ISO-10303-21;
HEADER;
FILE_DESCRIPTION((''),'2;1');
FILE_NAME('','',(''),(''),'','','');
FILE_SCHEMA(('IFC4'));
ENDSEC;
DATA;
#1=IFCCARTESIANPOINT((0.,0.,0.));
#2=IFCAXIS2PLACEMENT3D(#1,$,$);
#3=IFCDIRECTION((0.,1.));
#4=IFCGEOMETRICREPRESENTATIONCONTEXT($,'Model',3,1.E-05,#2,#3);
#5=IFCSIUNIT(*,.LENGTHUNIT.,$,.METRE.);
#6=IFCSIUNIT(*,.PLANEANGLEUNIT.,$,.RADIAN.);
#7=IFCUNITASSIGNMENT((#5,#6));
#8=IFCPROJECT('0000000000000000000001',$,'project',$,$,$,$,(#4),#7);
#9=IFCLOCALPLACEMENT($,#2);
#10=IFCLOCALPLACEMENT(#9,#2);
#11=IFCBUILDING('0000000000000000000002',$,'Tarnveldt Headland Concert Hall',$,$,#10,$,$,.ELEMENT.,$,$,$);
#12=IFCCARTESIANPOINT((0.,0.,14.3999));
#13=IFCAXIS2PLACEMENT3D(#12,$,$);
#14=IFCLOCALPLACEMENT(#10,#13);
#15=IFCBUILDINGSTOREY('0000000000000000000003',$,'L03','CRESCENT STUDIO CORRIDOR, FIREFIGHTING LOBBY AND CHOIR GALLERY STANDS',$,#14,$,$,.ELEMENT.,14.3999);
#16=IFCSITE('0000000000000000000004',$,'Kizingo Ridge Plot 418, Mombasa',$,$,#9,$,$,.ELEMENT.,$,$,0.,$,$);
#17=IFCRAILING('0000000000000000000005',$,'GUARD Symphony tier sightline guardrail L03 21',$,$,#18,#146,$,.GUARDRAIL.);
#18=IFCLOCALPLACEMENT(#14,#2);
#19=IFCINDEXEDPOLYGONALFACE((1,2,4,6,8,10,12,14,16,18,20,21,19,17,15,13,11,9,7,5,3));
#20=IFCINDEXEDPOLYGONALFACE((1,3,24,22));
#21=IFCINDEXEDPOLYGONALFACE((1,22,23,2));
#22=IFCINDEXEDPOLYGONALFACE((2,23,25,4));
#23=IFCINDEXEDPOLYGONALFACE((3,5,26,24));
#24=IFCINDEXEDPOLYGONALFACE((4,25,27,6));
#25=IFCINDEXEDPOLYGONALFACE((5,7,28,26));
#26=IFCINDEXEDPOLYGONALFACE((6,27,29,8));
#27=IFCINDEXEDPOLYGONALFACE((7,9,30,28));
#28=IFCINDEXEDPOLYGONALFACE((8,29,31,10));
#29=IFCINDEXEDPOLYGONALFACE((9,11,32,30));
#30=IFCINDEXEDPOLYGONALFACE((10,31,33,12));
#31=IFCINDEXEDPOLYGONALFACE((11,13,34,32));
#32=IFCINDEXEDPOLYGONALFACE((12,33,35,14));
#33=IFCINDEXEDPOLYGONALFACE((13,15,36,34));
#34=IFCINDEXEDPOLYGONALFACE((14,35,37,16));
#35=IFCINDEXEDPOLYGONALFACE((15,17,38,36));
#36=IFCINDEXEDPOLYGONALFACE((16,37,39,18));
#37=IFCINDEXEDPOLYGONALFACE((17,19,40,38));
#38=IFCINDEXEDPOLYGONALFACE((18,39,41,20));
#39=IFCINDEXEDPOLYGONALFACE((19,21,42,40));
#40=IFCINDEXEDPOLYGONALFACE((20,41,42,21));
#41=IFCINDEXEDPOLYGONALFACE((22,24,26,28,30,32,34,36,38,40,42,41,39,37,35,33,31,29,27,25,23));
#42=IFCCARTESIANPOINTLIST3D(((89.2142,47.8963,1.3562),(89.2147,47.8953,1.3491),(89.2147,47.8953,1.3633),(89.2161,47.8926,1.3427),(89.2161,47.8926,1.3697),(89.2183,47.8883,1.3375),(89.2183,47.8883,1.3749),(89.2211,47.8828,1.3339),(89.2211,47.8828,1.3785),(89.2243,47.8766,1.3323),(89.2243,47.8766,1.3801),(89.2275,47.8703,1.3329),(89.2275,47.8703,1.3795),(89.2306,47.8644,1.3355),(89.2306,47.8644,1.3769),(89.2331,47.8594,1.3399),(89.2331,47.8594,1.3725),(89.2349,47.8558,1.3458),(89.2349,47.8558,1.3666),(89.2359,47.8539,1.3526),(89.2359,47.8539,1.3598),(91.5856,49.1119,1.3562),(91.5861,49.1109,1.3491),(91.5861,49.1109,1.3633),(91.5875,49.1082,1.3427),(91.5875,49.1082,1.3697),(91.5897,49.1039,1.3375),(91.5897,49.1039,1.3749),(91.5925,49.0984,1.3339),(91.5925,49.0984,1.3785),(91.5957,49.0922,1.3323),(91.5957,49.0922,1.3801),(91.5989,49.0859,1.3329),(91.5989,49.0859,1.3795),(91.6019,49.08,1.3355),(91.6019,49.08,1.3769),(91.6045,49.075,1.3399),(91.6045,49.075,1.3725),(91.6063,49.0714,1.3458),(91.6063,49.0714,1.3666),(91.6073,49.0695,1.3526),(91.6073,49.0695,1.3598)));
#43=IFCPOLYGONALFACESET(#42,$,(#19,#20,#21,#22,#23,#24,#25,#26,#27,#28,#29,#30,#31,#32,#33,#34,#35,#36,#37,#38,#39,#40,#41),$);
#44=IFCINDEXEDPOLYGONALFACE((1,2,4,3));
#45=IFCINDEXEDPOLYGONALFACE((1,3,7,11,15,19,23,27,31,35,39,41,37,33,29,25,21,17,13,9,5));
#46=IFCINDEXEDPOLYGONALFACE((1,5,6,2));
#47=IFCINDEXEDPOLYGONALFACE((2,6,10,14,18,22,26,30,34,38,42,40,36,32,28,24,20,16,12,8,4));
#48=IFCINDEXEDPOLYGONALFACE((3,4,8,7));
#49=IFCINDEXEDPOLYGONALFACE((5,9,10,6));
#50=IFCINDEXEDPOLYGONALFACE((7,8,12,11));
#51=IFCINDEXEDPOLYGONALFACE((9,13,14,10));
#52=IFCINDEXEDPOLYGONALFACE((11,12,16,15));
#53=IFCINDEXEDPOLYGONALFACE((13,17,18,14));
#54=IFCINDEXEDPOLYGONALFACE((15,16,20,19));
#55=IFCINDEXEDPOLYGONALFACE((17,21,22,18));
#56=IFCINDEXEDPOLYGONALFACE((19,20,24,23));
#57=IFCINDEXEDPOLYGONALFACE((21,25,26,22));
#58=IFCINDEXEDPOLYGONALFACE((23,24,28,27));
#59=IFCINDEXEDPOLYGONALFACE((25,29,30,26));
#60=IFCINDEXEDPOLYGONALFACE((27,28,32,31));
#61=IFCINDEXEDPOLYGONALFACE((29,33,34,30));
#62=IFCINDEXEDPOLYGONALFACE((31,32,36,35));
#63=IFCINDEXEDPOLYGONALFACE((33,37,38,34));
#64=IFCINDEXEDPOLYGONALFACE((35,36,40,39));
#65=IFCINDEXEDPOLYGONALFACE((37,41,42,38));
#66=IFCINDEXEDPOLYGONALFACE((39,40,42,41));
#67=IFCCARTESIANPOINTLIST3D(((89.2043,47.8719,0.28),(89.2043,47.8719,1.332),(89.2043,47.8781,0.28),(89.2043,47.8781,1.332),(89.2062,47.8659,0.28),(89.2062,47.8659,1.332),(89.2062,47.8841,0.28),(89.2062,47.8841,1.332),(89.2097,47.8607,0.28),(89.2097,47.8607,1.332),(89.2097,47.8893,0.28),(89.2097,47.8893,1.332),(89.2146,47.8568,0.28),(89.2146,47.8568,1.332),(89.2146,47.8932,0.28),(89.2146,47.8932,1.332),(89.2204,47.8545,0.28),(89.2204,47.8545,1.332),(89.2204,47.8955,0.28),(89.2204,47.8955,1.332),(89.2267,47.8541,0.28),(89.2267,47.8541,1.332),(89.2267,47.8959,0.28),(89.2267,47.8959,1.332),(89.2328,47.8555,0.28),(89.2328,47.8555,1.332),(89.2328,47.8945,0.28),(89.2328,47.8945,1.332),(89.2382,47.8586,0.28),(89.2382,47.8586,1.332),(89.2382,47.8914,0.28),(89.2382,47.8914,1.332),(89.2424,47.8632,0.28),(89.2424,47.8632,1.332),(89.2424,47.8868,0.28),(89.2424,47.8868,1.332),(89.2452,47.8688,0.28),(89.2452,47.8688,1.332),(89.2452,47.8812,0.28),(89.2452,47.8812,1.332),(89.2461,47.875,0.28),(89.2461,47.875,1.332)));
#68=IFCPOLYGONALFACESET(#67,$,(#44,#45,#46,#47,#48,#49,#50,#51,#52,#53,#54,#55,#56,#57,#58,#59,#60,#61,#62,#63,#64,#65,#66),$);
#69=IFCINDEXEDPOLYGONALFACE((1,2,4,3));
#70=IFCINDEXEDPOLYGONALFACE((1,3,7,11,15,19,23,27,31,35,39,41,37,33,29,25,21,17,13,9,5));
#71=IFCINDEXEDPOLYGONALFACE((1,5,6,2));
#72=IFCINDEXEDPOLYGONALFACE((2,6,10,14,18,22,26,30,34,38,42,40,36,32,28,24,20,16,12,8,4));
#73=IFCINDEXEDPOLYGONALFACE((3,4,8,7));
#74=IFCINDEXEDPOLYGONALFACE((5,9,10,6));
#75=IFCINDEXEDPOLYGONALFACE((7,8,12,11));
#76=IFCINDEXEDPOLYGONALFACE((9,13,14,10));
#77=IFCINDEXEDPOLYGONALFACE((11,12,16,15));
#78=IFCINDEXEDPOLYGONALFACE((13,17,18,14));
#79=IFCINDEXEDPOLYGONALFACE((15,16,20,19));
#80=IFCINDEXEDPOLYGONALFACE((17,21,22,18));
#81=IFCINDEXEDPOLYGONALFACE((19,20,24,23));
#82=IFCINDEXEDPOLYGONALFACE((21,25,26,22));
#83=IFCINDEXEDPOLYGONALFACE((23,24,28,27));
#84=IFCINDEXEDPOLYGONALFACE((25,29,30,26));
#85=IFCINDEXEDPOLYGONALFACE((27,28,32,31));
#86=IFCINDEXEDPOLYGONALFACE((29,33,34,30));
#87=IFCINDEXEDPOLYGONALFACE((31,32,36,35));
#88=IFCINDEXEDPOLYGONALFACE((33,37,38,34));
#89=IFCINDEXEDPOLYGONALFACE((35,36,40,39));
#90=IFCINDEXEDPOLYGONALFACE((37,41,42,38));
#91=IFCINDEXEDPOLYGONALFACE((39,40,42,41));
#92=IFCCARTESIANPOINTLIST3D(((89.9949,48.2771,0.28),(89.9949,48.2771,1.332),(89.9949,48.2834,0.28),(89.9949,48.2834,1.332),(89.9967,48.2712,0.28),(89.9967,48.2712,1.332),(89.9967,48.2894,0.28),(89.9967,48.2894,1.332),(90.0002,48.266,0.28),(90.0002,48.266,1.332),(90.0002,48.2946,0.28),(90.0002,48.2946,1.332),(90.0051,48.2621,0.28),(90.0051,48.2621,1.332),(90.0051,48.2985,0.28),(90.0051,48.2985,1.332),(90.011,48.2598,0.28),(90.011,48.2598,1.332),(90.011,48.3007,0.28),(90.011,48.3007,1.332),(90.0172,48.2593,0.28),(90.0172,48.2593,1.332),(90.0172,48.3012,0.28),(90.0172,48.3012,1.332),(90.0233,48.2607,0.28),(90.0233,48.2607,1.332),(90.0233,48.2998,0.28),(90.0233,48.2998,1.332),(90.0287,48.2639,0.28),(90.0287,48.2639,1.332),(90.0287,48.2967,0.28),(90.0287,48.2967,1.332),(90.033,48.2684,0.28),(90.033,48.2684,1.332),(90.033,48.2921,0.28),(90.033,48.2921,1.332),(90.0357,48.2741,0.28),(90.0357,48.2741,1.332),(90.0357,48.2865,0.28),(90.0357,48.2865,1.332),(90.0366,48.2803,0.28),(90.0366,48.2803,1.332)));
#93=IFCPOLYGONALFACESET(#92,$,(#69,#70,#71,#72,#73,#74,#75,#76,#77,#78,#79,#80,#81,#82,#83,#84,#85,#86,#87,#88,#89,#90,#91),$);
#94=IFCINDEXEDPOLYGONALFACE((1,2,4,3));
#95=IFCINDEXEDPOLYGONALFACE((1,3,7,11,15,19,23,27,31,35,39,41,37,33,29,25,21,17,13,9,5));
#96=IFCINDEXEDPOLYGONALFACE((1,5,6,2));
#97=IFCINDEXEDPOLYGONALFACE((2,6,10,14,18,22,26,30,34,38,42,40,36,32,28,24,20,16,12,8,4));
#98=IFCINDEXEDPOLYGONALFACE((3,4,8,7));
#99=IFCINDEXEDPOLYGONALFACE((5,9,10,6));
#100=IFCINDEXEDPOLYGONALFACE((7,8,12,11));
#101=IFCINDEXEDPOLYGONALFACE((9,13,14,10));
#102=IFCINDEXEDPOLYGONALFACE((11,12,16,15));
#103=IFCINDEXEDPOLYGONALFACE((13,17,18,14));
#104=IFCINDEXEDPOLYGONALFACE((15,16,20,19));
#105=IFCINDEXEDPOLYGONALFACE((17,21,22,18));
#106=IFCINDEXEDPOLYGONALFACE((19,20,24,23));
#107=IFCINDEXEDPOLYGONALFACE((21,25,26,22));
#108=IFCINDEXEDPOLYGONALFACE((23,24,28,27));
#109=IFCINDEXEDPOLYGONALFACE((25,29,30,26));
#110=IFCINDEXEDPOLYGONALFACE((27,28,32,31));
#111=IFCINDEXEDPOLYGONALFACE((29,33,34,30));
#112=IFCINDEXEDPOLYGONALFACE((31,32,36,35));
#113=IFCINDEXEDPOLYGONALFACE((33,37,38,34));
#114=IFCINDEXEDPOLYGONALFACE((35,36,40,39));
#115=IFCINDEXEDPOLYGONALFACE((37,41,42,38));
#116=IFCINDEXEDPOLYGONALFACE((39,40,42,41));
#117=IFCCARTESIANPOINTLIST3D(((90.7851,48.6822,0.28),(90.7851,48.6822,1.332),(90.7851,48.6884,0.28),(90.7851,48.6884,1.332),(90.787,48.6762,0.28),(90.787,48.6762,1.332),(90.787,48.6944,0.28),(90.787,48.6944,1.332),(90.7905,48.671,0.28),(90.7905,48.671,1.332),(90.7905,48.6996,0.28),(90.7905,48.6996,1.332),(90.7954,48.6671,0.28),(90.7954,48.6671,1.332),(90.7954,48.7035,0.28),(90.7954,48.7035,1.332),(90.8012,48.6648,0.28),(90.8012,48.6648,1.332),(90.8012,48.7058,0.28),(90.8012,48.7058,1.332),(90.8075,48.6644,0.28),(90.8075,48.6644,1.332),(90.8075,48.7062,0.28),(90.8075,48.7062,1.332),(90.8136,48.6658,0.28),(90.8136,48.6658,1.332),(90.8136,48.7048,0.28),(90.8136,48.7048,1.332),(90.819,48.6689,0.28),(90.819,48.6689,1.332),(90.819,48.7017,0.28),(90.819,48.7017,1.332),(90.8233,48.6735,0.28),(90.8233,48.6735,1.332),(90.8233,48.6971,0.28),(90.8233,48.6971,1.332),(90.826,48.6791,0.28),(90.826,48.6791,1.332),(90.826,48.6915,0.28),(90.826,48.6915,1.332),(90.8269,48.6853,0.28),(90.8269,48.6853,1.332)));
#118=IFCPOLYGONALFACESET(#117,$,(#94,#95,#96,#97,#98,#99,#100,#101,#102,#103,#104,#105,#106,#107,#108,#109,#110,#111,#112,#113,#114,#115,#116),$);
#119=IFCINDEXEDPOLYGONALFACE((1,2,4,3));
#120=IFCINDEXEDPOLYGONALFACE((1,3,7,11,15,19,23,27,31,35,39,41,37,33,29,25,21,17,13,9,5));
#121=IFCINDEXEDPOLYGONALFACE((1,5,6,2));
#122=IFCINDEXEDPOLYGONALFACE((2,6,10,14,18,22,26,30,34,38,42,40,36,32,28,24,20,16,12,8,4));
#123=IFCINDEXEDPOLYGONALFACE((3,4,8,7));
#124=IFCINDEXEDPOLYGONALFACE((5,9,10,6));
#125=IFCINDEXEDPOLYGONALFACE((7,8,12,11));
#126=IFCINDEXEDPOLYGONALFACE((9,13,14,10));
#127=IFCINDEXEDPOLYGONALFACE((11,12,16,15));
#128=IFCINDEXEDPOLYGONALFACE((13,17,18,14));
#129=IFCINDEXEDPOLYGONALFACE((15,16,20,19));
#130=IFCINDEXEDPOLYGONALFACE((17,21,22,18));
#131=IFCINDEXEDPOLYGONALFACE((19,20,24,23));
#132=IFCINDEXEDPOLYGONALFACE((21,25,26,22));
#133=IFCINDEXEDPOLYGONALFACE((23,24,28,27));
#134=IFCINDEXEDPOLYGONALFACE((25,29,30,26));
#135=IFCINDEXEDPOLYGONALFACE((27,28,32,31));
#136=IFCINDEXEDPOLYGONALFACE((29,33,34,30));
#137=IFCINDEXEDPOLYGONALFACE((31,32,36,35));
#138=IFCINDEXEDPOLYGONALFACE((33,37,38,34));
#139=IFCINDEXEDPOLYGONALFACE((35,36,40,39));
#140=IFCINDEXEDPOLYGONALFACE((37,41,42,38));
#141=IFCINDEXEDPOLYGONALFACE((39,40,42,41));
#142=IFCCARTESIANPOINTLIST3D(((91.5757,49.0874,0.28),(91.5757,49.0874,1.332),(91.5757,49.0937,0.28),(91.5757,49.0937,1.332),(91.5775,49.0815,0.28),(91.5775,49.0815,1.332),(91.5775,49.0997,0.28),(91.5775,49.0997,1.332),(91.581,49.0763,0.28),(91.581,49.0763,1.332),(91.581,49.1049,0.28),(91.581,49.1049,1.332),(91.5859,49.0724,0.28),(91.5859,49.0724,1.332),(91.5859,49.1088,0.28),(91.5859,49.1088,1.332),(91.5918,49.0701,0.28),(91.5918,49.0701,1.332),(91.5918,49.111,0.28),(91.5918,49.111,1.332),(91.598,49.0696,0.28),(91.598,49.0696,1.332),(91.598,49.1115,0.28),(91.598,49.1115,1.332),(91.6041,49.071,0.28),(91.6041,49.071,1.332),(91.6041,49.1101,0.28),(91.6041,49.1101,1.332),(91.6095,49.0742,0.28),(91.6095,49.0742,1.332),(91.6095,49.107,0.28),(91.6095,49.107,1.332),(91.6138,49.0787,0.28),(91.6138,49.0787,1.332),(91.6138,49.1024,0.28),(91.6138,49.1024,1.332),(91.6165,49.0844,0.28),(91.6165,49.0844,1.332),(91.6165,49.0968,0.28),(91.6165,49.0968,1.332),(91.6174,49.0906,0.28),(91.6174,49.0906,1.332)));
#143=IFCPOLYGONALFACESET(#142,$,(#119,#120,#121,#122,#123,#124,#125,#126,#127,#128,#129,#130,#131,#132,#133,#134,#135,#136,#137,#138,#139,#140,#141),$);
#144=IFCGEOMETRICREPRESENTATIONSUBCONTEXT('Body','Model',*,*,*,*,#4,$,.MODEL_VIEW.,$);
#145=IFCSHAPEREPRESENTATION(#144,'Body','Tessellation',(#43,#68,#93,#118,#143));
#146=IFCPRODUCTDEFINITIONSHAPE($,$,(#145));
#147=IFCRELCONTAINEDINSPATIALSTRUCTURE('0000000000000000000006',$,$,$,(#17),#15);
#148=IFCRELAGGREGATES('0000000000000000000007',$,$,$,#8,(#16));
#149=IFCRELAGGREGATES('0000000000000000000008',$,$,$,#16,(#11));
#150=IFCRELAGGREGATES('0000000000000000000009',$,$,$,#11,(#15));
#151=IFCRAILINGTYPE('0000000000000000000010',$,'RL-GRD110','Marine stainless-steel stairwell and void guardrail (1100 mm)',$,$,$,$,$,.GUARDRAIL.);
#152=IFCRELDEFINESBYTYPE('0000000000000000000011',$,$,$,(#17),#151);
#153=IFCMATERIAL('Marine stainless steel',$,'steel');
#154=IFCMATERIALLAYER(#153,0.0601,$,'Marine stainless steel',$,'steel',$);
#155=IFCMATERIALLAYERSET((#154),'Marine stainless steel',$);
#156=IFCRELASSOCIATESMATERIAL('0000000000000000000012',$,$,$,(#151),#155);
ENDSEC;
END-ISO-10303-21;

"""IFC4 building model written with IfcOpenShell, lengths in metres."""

from ifc_helpers import new_model, si_unit, direction, frame, origin, origin_2d, place, context, subcontext, project, spatial, circle, extrude, material, layer, layer_set, type_object, element, save


model = new_model("IFC4")

# Units and contexts
model_context = context("Model", 3, precision=1e-05, world=origin(), true_north=direction((0.0, 1.0)))
body_context = subcontext(model_context, "Body", "Model", "MODEL_VIEW")
ifc_project = project(units=[si_unit("LENGTHUNIT", "METRE"), si_unit("PLANEANGLEUNIT", "RADIAN")], contexts=[model_context])

# Site, building, storey
site_placement = place(None, origin())
site = spatial("IfcSite", under=ifc_project, at=site_placement, Name="Kizingo Ridge Plot 418, Mombasa", CompositionType="ELEMENT", RefElevation=0.0)
building_placement = place(site_placement, origin())
building = spatial("IfcBuilding", under=site, at=building_placement, Name="Tarnveldt Headland Concert Hall", CompositionType="ELEMENT")
storey_placement = place(building_placement, frame((0.0, 0.0, 14.3999)))
storey = spatial("IfcBuildingStorey", under=building, at=storey_placement, Name="L03", Description="CRESCENT STUDIO CORRIDOR, FIREFIGHTING LOBBY AND CHOIR GALLERY STANDS", CompositionType="ELEMENT", Elevation=14.3999)

# Railing
ifc_material_1 = material(Name="Marine stainless steel", Category="steel")
ifc_layer = layer(ifc_material_1, 0.0601, Name="Marine stainless steel", Category="steel")
ifc_layer_set = layer_set([ifc_layer], Name="Marine stainless steel")
railing_type = type_object("IfcRailingType", Name="RL-GRD110", Description="Marine stainless-steel stairwell and void guardrail (1100 mm)", PredefinedType="GUARDRAIL", material=ifc_layer_set)
railing_1_placement = place(storey_placement, frame((89.2251, 47.875, 0.28)))
element("IfcRailing", 1, at=railing_1_placement, inside=storey, type_object=railing_type, Name="GUARD Symphony tier sightline guardrail L03 21", PredefinedType="GUARDRAIL", context=body_context, shape_type="SweptSolid", body=[
    extrude(circle(Radius=0.0239, at=origin_2d()), frame((0.0, 0.0, 1.0762), z_axis=(0.889893, 0.45617, 0.0), x_axis=(-0.45617, 0.889893, 0.0)), (0.0, 0.0, 1.0), 2.6648),
    extrude(circle(Radius=0.021, at=origin_2d()), origin(), (0.0, 0.0, 1.0), 1.052),
    extrude(circle(Radius=0.021, at=origin_2d()), frame((0.7905, 0.4053, 0.0)), (0.0, 0.0, 1.0), 1.052),
    extrude(circle(Radius=0.021, at=origin_2d()), frame((1.5808, 0.8103, 0.0)), (0.0, 0.0, 1.0), 1.052),
    extrude(circle(Radius=0.021, at=origin_2d()), frame((2.3713, 1.2156, 0.0)), (0.0, 0.0, 1.0), 1.052),
])

save(model, "model.ifc")
